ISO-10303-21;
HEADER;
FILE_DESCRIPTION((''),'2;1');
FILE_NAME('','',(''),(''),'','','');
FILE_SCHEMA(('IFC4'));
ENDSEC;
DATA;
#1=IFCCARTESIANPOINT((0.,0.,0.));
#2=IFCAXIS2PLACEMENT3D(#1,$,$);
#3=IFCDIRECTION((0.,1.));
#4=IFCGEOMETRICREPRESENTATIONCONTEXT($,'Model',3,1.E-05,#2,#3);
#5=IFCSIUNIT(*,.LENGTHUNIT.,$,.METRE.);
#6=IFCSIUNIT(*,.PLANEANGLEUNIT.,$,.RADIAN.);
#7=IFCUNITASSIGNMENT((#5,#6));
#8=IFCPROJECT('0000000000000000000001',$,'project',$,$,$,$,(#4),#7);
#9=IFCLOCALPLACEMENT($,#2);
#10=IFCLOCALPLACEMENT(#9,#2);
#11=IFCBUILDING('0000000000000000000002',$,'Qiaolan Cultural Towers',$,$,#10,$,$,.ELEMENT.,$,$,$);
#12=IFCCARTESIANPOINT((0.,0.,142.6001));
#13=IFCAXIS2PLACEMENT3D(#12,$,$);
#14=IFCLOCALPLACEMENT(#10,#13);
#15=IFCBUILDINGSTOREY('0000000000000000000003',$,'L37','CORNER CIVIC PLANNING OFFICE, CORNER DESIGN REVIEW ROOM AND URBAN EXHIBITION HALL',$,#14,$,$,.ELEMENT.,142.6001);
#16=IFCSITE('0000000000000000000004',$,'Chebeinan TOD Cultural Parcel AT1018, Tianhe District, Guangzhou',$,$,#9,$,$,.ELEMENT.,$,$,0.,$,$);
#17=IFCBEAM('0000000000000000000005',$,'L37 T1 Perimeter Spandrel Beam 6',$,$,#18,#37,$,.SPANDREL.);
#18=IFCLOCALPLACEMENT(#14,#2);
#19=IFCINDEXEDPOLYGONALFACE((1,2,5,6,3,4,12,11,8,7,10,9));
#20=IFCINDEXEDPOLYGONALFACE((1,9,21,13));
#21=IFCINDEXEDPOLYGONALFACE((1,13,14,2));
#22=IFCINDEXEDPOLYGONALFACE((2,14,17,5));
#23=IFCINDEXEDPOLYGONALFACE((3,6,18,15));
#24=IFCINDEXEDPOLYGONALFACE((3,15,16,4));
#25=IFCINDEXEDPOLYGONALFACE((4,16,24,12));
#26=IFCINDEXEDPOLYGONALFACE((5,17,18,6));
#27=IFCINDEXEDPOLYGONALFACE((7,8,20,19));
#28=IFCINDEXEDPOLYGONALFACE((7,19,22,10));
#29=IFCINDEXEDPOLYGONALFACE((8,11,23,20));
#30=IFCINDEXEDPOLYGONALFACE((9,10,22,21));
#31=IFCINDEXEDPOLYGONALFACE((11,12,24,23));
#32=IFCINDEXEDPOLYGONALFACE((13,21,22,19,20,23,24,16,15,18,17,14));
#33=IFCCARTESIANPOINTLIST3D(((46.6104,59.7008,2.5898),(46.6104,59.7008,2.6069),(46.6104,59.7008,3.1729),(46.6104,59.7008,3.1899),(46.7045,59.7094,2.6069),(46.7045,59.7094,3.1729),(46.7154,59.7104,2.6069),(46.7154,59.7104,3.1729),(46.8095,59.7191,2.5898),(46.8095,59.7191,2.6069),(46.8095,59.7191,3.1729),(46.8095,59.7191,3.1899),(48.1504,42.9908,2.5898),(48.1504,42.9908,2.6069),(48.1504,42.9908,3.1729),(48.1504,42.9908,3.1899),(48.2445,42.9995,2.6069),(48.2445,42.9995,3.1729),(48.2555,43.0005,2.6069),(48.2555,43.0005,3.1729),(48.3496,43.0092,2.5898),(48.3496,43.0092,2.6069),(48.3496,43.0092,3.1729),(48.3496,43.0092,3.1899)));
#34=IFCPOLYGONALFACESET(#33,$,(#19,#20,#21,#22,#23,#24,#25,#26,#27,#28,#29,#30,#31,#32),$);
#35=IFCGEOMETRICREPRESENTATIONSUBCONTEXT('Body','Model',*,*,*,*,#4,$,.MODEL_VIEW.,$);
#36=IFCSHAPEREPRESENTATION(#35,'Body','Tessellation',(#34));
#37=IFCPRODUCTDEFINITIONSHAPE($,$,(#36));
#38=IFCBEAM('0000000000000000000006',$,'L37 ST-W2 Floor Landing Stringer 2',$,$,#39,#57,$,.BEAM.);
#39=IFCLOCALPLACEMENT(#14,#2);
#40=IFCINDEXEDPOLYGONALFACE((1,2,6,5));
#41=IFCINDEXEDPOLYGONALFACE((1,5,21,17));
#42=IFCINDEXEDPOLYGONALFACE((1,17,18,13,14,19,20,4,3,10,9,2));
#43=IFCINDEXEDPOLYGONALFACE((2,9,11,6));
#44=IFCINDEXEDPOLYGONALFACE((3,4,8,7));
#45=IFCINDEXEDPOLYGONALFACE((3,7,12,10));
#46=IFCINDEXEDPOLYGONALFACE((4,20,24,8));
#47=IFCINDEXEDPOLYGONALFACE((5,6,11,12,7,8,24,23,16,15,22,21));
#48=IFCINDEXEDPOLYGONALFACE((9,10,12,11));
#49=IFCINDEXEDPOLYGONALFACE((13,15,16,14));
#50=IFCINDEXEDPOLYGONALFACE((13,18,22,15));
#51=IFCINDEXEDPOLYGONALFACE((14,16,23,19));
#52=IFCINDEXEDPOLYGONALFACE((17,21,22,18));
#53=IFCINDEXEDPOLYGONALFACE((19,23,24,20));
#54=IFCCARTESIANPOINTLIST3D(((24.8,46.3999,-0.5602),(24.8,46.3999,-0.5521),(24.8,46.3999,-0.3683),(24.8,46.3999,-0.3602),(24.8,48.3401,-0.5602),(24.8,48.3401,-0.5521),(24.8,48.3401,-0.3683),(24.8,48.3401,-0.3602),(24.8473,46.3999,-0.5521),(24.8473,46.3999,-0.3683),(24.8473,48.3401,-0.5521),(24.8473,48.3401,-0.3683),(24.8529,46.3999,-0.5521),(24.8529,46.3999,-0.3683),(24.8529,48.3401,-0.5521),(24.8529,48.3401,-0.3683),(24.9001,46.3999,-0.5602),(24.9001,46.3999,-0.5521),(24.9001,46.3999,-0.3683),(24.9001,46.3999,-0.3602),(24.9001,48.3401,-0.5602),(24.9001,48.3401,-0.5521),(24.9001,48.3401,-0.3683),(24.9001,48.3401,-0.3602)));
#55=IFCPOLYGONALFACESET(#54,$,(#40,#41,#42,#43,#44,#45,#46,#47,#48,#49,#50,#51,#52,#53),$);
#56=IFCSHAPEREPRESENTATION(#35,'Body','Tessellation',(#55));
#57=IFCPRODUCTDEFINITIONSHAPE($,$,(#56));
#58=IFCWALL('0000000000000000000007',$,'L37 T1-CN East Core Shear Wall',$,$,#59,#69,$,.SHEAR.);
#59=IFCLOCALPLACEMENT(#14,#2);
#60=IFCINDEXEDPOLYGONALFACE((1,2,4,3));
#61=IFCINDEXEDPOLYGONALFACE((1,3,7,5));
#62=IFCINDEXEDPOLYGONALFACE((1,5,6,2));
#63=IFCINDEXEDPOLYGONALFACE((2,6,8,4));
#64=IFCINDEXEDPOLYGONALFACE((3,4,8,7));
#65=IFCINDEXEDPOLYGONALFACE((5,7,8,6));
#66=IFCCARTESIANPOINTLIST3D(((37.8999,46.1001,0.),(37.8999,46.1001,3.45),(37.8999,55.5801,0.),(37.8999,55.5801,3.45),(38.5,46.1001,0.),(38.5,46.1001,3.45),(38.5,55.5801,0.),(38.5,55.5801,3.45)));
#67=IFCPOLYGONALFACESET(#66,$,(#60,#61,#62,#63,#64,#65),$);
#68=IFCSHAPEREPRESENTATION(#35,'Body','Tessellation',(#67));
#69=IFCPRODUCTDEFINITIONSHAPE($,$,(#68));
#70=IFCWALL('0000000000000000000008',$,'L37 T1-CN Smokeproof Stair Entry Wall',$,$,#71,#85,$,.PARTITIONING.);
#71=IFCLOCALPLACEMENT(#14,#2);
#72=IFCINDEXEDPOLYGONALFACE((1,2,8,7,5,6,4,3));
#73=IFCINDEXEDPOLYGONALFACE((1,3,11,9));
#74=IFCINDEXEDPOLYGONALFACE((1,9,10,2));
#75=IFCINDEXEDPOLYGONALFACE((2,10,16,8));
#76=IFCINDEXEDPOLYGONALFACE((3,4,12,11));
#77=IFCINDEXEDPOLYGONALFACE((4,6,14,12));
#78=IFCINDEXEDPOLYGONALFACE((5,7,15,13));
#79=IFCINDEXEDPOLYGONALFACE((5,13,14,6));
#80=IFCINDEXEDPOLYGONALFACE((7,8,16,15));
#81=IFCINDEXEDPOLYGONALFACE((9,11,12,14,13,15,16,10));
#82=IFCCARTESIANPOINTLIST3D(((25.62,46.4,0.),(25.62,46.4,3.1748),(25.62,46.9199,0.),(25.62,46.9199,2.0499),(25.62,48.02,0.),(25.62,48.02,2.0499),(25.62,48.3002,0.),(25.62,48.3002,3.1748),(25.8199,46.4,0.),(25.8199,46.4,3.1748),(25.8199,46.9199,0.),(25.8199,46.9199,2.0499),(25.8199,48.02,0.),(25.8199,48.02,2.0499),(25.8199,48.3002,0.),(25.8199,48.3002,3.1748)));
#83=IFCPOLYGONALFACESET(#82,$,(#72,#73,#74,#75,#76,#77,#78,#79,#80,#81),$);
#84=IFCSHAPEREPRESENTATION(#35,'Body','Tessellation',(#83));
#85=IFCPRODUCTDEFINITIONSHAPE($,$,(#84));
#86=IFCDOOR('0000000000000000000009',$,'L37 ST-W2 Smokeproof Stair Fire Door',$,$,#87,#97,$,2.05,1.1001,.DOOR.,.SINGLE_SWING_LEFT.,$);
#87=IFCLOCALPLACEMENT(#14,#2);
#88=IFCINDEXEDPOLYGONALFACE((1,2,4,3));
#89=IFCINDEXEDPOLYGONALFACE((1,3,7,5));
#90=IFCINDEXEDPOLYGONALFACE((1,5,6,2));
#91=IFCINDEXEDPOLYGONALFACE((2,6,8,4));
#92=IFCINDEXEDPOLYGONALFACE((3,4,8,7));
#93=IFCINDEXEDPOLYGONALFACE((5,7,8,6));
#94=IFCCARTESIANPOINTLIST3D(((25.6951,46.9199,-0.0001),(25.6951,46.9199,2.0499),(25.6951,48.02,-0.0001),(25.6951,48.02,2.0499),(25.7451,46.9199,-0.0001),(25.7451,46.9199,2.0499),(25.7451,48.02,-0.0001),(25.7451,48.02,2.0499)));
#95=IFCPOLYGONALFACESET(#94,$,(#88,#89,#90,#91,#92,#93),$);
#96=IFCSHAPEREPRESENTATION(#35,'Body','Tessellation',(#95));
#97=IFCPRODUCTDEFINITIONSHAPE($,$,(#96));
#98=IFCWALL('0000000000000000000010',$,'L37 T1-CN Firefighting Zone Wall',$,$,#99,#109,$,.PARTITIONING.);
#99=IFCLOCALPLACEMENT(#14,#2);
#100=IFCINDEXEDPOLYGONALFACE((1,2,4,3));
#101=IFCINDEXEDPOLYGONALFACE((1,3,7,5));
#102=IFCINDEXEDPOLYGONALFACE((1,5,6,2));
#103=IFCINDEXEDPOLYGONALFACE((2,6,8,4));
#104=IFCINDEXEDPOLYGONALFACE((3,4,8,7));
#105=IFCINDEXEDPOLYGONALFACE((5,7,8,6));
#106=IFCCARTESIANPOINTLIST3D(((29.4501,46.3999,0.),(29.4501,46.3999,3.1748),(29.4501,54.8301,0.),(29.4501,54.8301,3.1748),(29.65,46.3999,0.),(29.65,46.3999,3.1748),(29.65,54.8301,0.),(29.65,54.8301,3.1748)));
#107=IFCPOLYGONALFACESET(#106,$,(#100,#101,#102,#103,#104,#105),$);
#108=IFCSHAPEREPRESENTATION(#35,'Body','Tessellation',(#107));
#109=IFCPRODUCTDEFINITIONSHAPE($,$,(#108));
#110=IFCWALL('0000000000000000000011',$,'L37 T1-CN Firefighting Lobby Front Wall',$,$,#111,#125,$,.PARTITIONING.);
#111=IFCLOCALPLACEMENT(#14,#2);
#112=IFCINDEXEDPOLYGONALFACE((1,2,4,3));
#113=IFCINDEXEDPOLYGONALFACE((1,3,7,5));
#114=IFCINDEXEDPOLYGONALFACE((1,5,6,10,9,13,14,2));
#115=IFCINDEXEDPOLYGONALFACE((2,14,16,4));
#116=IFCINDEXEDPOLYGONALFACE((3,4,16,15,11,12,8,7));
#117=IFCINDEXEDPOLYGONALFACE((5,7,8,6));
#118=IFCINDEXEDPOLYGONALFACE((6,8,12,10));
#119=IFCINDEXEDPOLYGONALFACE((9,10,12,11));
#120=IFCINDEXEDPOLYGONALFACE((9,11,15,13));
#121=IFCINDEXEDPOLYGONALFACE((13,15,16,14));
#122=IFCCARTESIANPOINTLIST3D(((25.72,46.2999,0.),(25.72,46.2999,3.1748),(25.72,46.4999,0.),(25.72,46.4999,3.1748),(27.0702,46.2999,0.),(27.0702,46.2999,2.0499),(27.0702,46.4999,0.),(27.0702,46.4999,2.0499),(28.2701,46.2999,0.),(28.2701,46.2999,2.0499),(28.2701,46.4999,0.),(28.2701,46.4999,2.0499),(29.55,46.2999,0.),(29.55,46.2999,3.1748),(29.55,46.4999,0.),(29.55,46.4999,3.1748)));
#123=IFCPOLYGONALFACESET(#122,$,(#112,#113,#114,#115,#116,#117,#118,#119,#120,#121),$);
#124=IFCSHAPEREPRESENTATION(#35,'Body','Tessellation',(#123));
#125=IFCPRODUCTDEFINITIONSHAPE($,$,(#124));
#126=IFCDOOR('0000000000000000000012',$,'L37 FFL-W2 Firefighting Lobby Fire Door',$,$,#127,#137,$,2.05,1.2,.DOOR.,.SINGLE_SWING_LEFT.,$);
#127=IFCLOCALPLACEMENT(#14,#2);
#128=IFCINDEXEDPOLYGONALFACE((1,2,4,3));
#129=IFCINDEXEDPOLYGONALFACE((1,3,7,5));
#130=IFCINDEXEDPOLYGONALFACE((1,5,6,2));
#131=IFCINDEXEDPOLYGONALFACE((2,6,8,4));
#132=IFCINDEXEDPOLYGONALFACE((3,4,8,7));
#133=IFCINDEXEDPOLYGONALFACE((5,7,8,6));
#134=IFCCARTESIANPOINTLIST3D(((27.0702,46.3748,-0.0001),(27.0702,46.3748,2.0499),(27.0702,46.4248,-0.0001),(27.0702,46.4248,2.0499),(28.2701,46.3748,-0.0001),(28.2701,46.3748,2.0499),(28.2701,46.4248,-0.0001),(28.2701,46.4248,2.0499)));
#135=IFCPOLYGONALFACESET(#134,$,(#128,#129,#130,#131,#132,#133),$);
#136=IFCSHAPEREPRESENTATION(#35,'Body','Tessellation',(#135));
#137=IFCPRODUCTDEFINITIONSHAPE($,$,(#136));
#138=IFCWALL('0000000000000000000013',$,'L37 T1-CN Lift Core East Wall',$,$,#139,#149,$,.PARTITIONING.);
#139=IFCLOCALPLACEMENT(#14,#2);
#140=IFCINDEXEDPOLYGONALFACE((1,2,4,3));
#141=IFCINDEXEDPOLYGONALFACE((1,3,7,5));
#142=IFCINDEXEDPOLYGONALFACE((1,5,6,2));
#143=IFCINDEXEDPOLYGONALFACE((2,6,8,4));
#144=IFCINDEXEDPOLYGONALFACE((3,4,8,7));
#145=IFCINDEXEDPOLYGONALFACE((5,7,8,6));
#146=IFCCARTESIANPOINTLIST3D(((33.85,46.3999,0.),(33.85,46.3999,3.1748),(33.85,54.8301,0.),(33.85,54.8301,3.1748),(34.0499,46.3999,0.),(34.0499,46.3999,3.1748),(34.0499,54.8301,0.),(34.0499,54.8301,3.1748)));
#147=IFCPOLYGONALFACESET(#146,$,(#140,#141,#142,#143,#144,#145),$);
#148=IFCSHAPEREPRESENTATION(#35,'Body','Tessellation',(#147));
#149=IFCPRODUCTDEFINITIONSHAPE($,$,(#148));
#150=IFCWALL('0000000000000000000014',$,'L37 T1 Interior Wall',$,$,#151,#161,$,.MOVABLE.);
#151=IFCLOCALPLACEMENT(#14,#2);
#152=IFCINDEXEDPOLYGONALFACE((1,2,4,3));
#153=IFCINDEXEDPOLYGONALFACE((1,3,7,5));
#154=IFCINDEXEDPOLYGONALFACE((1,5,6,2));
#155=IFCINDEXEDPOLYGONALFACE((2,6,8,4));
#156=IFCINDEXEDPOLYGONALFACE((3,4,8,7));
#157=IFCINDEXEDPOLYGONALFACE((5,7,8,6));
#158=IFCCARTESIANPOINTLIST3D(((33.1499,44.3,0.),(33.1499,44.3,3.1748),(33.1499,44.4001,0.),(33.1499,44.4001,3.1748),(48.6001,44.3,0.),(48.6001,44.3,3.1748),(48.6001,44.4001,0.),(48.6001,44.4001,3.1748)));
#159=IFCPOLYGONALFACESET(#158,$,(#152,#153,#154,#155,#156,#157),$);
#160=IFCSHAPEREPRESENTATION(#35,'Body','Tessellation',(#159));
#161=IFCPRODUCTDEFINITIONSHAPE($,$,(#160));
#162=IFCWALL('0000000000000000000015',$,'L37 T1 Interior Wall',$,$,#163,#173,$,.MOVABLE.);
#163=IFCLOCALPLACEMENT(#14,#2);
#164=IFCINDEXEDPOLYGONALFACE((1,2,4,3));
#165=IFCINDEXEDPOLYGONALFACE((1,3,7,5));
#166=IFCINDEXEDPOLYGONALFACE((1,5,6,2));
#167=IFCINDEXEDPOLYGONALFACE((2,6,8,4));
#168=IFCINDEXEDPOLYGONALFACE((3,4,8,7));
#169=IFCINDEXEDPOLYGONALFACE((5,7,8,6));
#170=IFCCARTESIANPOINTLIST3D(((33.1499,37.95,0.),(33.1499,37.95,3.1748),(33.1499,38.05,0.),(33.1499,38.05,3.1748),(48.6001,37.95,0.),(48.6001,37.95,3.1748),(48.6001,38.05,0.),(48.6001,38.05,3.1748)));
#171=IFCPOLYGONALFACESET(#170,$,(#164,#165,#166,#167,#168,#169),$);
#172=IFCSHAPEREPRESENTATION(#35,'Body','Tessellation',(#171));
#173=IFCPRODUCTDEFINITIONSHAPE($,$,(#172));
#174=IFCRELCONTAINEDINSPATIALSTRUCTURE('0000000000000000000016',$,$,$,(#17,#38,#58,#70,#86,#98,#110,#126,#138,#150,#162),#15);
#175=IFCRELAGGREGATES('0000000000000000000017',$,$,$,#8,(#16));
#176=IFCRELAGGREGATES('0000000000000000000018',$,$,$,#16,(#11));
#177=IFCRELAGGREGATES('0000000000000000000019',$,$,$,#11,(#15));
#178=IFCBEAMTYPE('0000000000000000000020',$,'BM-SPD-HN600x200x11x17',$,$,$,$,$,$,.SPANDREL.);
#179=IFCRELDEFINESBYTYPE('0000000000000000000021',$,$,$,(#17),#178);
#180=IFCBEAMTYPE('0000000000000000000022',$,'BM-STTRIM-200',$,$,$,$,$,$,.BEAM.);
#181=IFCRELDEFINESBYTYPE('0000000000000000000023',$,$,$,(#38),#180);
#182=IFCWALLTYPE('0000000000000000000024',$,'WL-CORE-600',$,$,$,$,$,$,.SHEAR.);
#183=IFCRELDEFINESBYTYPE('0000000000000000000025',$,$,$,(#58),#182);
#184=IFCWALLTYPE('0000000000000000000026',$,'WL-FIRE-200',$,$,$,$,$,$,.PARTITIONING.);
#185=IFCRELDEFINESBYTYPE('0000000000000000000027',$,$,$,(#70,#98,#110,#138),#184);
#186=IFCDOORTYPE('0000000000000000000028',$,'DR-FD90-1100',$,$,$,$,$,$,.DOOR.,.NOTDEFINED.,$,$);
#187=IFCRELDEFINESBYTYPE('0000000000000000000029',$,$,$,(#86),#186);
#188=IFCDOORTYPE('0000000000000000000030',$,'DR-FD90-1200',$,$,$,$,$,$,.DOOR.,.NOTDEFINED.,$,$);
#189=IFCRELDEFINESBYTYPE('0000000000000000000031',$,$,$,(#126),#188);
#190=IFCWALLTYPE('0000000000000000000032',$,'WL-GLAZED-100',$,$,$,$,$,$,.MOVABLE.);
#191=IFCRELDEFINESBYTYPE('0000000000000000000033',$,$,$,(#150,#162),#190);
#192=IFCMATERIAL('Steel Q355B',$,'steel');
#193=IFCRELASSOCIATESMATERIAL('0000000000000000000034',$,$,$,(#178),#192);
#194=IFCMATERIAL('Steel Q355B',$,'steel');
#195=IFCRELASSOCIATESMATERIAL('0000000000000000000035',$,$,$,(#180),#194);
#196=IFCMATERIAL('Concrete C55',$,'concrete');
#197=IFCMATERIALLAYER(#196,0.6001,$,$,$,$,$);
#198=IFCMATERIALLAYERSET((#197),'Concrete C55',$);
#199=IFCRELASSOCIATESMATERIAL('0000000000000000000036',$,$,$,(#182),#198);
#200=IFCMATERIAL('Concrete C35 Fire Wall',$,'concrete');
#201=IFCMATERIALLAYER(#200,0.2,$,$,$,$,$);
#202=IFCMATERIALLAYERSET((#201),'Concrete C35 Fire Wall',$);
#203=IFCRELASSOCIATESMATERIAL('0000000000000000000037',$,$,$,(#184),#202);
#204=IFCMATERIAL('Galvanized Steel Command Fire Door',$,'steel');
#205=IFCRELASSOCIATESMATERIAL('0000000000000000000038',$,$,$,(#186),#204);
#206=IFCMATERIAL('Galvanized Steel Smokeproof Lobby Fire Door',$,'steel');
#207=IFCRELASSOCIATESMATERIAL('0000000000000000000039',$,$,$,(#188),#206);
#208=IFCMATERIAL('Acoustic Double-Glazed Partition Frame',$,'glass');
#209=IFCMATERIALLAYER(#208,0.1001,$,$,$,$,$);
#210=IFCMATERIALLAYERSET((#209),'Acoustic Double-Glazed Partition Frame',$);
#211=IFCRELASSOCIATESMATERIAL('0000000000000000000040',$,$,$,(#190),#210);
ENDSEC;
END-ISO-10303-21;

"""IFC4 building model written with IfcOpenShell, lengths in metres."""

from ifc_helpers import new_model, si_unit, direction, frame, frame_2d, origin, origin_2d, place, context, subcontext, project, spatial, rectangle, i_section, extrude, material, layer, layer_set, material_profile, profile_set, type_object, element, fill, save


model = new_model("IFC4")

# Units and contexts
model_context = context("Model", 3, precision=1e-05, world=origin(), true_north=direction((0.0, 1.0)))
body_context = subcontext(model_context, "Body", "Model", "MODEL_VIEW")
ifc_project = project(units=[si_unit("LENGTHUNIT", "METRE"), si_unit("PLANEANGLEUNIT", "RADIAN")], contexts=[model_context])

# Site, building, storey
site_placement = place(None, origin())
site = spatial("IfcSite", under=ifc_project, at=site_placement, Name="Chebeinan TOD Cultural Parcel AT1018, Tianhe District, Guangzhou", CompositionType="ELEMENT", RefElevation=0.0)
building_placement = place(site_placement, origin())
building = spatial("IfcBuilding", under=site, at=building_placement, Name="Qiaolan Cultural Towers", CompositionType="ELEMENT")
storey_placement = place(building_placement, frame((0.0, 0.0, 142.6001)))
storey = spatial("IfcBuildingStorey", under=building, at=storey_placement, Name="L37", Description="CORNER CIVIC PLANNING OFFICE, CORNER DESIGN REVIEW ROOM AND URBAN EXHIBITION HALL", CompositionType="ELEMENT", Elevation=142.6001)

# Beams
ifc_material_1 = material(Name="Steel Q355B", Category="steel")
ifc_material_profile_1 = material_profile(ifc_material_1, i_section(OverallWidth=0.2, OverallDepth=0.6001, WebThickness=0.011, FlangeThickness=0.0171, at=origin_2d()), Name="HN600x200x11x17")
ifc_profile_set_1 = profile_set([ifc_material_profile_1], Name="Steel Q355B")
beam_type_1 = type_object("IfcBeamType", Name="BM-SPD-HN600x200x11x17", PredefinedType="SPANDREL", material=ifc_profile_set_1)
beam_1_placement = place(storey_placement, frame((48.25, 43.0, 2.8899), z_axis=(-0.091774, 0.99578, 0.0), x_axis=(-0.99578, -0.091774, 0.0)))
element("IfcBeam", 1, at=beam_1_placement, inside=storey, type_object=beam_type_1, Name="L37 T1 Perimeter Spandrel Beam 6", PredefinedType="SPANDREL", context=body_context, shape_type="SweptSolid", body=[
    extrude(i_section(OverallWidth=0.2, OverallDepth=0.6001, WebThickness=0.011, FlangeThickness=0.0171, at=origin_2d()), origin(), (0.0, 0.0, 1.0), 16.7808),
])
ifc_material_2 = material(Name="Steel Q355B", Category="steel")
ifc_material_profile_2 = material_profile(ifc_material_2, i_section(OverallWidth=0.1001, OverallDepth=0.2, WebThickness=0.0056, FlangeThickness=0.0081, at=origin_2d()), Name="HN200x100x5.5x8")
ifc_profile_set_2 = profile_set([ifc_material_profile_2], Name="Steel Q355B")
beam_type_2 = type_object("IfcBeamType", Name="BM-STTRIM-200", PredefinedType="BEAM", material=ifc_profile_set_2)
beam_2_placement = place(storey_placement, frame((24.8501, 46.3999, -0.4602), z_axis=(0.0, 1.0, 0.0), x_axis=(-1.0, 0.0, 0.0)))
element("IfcBeam", 2, at=beam_2_placement, inside=storey, type_object=beam_type_2, Name="L37 ST-W2 Floor Landing Stringer 2", PredefinedType="BEAM", context=body_context, shape_type="SweptSolid", body=[
    extrude(i_section(OverallWidth=0.1001, OverallDepth=0.2, WebThickness=0.0056, FlangeThickness=0.0081, at=origin_2d()), origin(), (0.0, 0.0, 1.0), 1.9402),
])

# Wall
ifc_material_3 = material(Name="Concrete C55", Category="concrete")
ifc_layer_1 = layer(ifc_material_3, 0.6001)
ifc_layer_set_1 = layer_set([ifc_layer_1], Name="Concrete C55")
wall_type_1 = type_object("IfcWallType", Name="WL-CORE-600", PredefinedType="SHEAR", material=ifc_layer_set_1)
wall_1_placement = place(storey_placement, frame((38.2, 46.1001, 0.0), z_axis=(0.0, 0.0, 1.0), x_axis=(0.0, 1.0, 0.0)))
element("IfcWall", 3, at=wall_1_placement, inside=storey, type_object=wall_type_1, Name="L37 T1-CN East Core Shear Wall", PredefinedType="SHEAR", context=body_context, shape_type="SweptSolid", body=[
    extrude(rectangle(XDim=9.48, YDim=0.6001, at=frame_2d((4.74, 0.0))), origin(), (0.0, 0.0, 1.0), 3.45),
])

# Wall, opening, door
ifc_material_4 = material(Name="Concrete C35 Fire Wall", Category="concrete")
ifc_layer_2 = layer(ifc_material_4, 0.2)
ifc_layer_set_2 = layer_set([ifc_layer_2], Name="Concrete C35 Fire Wall")
wall_type_2 = type_object("IfcWallType", Name="WL-FIRE-200", PredefinedType="PARTITIONING", material=ifc_layer_set_2)
wall_2_placement = place(storey_placement, frame((25.72, 46.3999, 0.0), z_axis=(0.0, 0.0, 1.0), x_axis=(0.0, 1.0, 0.0)))
wall_2 = element("IfcWall", 4, at=wall_2_placement, inside=storey, type_object=wall_type_2, Name="L37 T1-CN Smokeproof Stair Entry Wall", PredefinedType="PARTITIONING", context=body_context, shape_type="SweptSolid", body=[
    extrude(rectangle(XDim=1.9001, YDim=0.2, at=frame_2d((0.9502, 0.0))), origin(), (0.0, 0.0, 1.0), 3.1748),
])
opening_1_placement = place(wall_2_placement, frame((0.52, 0.0, 0.0)))
opening_1 = element("IfcOpeningElement", 5, at=opening_1_placement, cuts=wall_2, PredefinedType="OPENING", context=body_context, shape_type="SweptSolid", body=[
    extrude(rectangle(XDim=1.1001, YDim=2.05, at=frame_2d((0.55, 1.0249))), frame((0.0, 0.1099, 0.0), z_axis=(0.0, -1.0, 0.0), x_axis=(1.0, 0.0, 0.0)), (0.0, 0.0, 1.0), 0.22),
])
ifc_material_5 = material(Name="Galvanized Steel Command Fire Door", Category="steel")
door_type_1 = type_object("IfcDoorType", Name="DR-FD90-1100", OperationType="NOTDEFINED", PredefinedType="DOOR", material=ifc_material_5)
door_1_placement = place(opening_1_placement, origin())
door_1 = element("IfcDoor", 6, at=door_1_placement, inside=storey, type_object=door_type_1, Name="L37 ST-W2 Smokeproof Stair Fire Door", OperationType="SINGLE_SWING_LEFT", OverallHeight=2.05, OverallWidth=1.1001, PredefinedType="DOOR", context=body_context, shape_type="SweptSolid", body=[
    extrude(rectangle(XDim=1.1001, YDim=2.05, at=frame_2d((0.55, 1.0249))), frame((0.0, 0.0249, 0.0), z_axis=(0.0, -1.0, 0.0), x_axis=(1.0, 0.0, 0.0)), (0.0, 0.0, 1.0), 0.05),
])
fill(opening_1, door_1)

# Wall
wall_3_placement = place(storey_placement, frame((29.55, 46.3999, 0.0), z_axis=(0.0, 0.0, 1.0), x_axis=(0.0, 1.0, 0.0)))
element("IfcWall", 7, at=wall_3_placement, inside=storey, type_object=wall_type_2, Name="L37 T1-CN Firefighting Zone Wall", PredefinedType="PARTITIONING", context=body_context, shape_type="SweptSolid", body=[
    extrude(rectangle(XDim=8.4302, YDim=0.2, at=frame_2d((4.2151, 0.0))), origin(), (0.0, 0.0, 1.0), 3.1748),
])

# Wall, opening, door
wall_4_placement = place(storey_placement, frame((25.72, 46.3999, 0.0), z_axis=(0.0, 0.0, 1.0), x_axis=(1.0, 0.0, 0.0)))
wall_4 = element("IfcWall", 8, at=wall_4_placement, inside=storey, type_object=wall_type_2, Name="L37 T1-CN Firefighting Lobby Front Wall", PredefinedType="PARTITIONING", context=body_context, shape_type="SweptSolid", body=[
    extrude(rectangle(XDim=3.8301, YDim=0.2, at=frame_2d((1.915, 0.0))), origin(), (0.0, 0.0, 1.0), 3.1748),
])
opening_2_placement = place(wall_4_placement, frame((1.3501, 0.0, 0.0)))
opening_2 = element("IfcOpeningElement", 9, at=opening_2_placement, cuts=wall_4, PredefinedType="OPENING", context=body_context, shape_type="SweptSolid", body=[
    extrude(rectangle(XDim=1.2, YDim=2.05, at=frame_2d((0.6001, 1.0249))), frame((0.0, 0.1099, 0.0), z_axis=(0.0, -1.0, 0.0), x_axis=(1.0, 0.0, 0.0)), (0.0, 0.0, 1.0), 0.22),
])
ifc_material_6 = material(Name="Galvanized Steel Smokeproof Lobby Fire Door", Category="steel")
door_type_2 = type_object("IfcDoorType", Name="DR-FD90-1200", OperationType="NOTDEFINED", PredefinedType="DOOR", material=ifc_material_6)
door_2_placement = place(opening_2_placement, origin())
door_2 = element("IfcDoor", 10, at=door_2_placement, inside=storey, type_object=door_type_2, Name="L37 FFL-W2 Firefighting Lobby Fire Door", OperationType="SINGLE_SWING_LEFT", OverallHeight=2.05, OverallWidth=1.2, PredefinedType="DOOR", context=body_context, shape_type="SweptSolid", body=[
    extrude(rectangle(XDim=1.2, YDim=2.05, at=frame_2d((0.6001, 1.0249))), frame((0.0, 0.0249, 0.0), z_axis=(0.0, -1.0, 0.0), x_axis=(1.0, 0.0, 0.0)), (0.0, 0.0, 1.0), 0.05),
])
fill(opening_2, door_2)

# Walls
wall_5_placement = place(storey_placement, frame((33.95, 46.3999, 0.0), z_axis=(0.0, 0.0, 1.0), x_axis=(0.0, 1.0, 0.0)))
element("IfcWall", 11, at=wall_5_placement, inside=storey, type_object=wall_type_2, Name="L37 T1-CN Lift Core East Wall", PredefinedType="PARTITIONING", context=body_context, shape_type="SweptSolid", body=[
    extrude(rectangle(XDim=8.4302, YDim=0.2, at=frame_2d((4.2151, 0.0))), origin(), (0.0, 0.0, 1.0), 3.1748),
])
ifc_material_7 = material(Name="Acoustic Double-Glazed Partition Frame", Category="glass")
ifc_layer_3 = layer(ifc_material_7, 0.1001)
ifc_layer_set_3 = layer_set([ifc_layer_3], Name="Acoustic Double-Glazed Partition Frame")
wall_type_3 = type_object("IfcWallType", Name="WL-GLAZED-100", PredefinedType="MOVABLE", material=ifc_layer_set_3)
for number, where, z_axis, x_axis, name in (
    (12, (33.1499, 44.3501, 0.0), (0.0, 0.0, 1.0), (1.0, 0.0, 0.0), "L37 T1 Interior Wall"),
    (13, (33.1499, 38.0, 0.0), (0.0, 0.0, 1.0), (1.0, 0.0, 0.0), "L37 T1 Interior Wall"),
):
    element("IfcWall", number, at=place(storey_placement, frame(where, z_axis=z_axis, x_axis=x_axis)), inside=storey, type_object=wall_type_3, Name=name, PredefinedType="MOVABLE", context=body_context, shape_type="SweptSolid", body=[
        extrude(rectangle(XDim=15.4502, YDim=0.1001, at=frame_2d((7.7251, 0.0))), origin(), (0.0, 0.0, 1.0), 3.1748),
    ])

save(model, "model.ifc")
